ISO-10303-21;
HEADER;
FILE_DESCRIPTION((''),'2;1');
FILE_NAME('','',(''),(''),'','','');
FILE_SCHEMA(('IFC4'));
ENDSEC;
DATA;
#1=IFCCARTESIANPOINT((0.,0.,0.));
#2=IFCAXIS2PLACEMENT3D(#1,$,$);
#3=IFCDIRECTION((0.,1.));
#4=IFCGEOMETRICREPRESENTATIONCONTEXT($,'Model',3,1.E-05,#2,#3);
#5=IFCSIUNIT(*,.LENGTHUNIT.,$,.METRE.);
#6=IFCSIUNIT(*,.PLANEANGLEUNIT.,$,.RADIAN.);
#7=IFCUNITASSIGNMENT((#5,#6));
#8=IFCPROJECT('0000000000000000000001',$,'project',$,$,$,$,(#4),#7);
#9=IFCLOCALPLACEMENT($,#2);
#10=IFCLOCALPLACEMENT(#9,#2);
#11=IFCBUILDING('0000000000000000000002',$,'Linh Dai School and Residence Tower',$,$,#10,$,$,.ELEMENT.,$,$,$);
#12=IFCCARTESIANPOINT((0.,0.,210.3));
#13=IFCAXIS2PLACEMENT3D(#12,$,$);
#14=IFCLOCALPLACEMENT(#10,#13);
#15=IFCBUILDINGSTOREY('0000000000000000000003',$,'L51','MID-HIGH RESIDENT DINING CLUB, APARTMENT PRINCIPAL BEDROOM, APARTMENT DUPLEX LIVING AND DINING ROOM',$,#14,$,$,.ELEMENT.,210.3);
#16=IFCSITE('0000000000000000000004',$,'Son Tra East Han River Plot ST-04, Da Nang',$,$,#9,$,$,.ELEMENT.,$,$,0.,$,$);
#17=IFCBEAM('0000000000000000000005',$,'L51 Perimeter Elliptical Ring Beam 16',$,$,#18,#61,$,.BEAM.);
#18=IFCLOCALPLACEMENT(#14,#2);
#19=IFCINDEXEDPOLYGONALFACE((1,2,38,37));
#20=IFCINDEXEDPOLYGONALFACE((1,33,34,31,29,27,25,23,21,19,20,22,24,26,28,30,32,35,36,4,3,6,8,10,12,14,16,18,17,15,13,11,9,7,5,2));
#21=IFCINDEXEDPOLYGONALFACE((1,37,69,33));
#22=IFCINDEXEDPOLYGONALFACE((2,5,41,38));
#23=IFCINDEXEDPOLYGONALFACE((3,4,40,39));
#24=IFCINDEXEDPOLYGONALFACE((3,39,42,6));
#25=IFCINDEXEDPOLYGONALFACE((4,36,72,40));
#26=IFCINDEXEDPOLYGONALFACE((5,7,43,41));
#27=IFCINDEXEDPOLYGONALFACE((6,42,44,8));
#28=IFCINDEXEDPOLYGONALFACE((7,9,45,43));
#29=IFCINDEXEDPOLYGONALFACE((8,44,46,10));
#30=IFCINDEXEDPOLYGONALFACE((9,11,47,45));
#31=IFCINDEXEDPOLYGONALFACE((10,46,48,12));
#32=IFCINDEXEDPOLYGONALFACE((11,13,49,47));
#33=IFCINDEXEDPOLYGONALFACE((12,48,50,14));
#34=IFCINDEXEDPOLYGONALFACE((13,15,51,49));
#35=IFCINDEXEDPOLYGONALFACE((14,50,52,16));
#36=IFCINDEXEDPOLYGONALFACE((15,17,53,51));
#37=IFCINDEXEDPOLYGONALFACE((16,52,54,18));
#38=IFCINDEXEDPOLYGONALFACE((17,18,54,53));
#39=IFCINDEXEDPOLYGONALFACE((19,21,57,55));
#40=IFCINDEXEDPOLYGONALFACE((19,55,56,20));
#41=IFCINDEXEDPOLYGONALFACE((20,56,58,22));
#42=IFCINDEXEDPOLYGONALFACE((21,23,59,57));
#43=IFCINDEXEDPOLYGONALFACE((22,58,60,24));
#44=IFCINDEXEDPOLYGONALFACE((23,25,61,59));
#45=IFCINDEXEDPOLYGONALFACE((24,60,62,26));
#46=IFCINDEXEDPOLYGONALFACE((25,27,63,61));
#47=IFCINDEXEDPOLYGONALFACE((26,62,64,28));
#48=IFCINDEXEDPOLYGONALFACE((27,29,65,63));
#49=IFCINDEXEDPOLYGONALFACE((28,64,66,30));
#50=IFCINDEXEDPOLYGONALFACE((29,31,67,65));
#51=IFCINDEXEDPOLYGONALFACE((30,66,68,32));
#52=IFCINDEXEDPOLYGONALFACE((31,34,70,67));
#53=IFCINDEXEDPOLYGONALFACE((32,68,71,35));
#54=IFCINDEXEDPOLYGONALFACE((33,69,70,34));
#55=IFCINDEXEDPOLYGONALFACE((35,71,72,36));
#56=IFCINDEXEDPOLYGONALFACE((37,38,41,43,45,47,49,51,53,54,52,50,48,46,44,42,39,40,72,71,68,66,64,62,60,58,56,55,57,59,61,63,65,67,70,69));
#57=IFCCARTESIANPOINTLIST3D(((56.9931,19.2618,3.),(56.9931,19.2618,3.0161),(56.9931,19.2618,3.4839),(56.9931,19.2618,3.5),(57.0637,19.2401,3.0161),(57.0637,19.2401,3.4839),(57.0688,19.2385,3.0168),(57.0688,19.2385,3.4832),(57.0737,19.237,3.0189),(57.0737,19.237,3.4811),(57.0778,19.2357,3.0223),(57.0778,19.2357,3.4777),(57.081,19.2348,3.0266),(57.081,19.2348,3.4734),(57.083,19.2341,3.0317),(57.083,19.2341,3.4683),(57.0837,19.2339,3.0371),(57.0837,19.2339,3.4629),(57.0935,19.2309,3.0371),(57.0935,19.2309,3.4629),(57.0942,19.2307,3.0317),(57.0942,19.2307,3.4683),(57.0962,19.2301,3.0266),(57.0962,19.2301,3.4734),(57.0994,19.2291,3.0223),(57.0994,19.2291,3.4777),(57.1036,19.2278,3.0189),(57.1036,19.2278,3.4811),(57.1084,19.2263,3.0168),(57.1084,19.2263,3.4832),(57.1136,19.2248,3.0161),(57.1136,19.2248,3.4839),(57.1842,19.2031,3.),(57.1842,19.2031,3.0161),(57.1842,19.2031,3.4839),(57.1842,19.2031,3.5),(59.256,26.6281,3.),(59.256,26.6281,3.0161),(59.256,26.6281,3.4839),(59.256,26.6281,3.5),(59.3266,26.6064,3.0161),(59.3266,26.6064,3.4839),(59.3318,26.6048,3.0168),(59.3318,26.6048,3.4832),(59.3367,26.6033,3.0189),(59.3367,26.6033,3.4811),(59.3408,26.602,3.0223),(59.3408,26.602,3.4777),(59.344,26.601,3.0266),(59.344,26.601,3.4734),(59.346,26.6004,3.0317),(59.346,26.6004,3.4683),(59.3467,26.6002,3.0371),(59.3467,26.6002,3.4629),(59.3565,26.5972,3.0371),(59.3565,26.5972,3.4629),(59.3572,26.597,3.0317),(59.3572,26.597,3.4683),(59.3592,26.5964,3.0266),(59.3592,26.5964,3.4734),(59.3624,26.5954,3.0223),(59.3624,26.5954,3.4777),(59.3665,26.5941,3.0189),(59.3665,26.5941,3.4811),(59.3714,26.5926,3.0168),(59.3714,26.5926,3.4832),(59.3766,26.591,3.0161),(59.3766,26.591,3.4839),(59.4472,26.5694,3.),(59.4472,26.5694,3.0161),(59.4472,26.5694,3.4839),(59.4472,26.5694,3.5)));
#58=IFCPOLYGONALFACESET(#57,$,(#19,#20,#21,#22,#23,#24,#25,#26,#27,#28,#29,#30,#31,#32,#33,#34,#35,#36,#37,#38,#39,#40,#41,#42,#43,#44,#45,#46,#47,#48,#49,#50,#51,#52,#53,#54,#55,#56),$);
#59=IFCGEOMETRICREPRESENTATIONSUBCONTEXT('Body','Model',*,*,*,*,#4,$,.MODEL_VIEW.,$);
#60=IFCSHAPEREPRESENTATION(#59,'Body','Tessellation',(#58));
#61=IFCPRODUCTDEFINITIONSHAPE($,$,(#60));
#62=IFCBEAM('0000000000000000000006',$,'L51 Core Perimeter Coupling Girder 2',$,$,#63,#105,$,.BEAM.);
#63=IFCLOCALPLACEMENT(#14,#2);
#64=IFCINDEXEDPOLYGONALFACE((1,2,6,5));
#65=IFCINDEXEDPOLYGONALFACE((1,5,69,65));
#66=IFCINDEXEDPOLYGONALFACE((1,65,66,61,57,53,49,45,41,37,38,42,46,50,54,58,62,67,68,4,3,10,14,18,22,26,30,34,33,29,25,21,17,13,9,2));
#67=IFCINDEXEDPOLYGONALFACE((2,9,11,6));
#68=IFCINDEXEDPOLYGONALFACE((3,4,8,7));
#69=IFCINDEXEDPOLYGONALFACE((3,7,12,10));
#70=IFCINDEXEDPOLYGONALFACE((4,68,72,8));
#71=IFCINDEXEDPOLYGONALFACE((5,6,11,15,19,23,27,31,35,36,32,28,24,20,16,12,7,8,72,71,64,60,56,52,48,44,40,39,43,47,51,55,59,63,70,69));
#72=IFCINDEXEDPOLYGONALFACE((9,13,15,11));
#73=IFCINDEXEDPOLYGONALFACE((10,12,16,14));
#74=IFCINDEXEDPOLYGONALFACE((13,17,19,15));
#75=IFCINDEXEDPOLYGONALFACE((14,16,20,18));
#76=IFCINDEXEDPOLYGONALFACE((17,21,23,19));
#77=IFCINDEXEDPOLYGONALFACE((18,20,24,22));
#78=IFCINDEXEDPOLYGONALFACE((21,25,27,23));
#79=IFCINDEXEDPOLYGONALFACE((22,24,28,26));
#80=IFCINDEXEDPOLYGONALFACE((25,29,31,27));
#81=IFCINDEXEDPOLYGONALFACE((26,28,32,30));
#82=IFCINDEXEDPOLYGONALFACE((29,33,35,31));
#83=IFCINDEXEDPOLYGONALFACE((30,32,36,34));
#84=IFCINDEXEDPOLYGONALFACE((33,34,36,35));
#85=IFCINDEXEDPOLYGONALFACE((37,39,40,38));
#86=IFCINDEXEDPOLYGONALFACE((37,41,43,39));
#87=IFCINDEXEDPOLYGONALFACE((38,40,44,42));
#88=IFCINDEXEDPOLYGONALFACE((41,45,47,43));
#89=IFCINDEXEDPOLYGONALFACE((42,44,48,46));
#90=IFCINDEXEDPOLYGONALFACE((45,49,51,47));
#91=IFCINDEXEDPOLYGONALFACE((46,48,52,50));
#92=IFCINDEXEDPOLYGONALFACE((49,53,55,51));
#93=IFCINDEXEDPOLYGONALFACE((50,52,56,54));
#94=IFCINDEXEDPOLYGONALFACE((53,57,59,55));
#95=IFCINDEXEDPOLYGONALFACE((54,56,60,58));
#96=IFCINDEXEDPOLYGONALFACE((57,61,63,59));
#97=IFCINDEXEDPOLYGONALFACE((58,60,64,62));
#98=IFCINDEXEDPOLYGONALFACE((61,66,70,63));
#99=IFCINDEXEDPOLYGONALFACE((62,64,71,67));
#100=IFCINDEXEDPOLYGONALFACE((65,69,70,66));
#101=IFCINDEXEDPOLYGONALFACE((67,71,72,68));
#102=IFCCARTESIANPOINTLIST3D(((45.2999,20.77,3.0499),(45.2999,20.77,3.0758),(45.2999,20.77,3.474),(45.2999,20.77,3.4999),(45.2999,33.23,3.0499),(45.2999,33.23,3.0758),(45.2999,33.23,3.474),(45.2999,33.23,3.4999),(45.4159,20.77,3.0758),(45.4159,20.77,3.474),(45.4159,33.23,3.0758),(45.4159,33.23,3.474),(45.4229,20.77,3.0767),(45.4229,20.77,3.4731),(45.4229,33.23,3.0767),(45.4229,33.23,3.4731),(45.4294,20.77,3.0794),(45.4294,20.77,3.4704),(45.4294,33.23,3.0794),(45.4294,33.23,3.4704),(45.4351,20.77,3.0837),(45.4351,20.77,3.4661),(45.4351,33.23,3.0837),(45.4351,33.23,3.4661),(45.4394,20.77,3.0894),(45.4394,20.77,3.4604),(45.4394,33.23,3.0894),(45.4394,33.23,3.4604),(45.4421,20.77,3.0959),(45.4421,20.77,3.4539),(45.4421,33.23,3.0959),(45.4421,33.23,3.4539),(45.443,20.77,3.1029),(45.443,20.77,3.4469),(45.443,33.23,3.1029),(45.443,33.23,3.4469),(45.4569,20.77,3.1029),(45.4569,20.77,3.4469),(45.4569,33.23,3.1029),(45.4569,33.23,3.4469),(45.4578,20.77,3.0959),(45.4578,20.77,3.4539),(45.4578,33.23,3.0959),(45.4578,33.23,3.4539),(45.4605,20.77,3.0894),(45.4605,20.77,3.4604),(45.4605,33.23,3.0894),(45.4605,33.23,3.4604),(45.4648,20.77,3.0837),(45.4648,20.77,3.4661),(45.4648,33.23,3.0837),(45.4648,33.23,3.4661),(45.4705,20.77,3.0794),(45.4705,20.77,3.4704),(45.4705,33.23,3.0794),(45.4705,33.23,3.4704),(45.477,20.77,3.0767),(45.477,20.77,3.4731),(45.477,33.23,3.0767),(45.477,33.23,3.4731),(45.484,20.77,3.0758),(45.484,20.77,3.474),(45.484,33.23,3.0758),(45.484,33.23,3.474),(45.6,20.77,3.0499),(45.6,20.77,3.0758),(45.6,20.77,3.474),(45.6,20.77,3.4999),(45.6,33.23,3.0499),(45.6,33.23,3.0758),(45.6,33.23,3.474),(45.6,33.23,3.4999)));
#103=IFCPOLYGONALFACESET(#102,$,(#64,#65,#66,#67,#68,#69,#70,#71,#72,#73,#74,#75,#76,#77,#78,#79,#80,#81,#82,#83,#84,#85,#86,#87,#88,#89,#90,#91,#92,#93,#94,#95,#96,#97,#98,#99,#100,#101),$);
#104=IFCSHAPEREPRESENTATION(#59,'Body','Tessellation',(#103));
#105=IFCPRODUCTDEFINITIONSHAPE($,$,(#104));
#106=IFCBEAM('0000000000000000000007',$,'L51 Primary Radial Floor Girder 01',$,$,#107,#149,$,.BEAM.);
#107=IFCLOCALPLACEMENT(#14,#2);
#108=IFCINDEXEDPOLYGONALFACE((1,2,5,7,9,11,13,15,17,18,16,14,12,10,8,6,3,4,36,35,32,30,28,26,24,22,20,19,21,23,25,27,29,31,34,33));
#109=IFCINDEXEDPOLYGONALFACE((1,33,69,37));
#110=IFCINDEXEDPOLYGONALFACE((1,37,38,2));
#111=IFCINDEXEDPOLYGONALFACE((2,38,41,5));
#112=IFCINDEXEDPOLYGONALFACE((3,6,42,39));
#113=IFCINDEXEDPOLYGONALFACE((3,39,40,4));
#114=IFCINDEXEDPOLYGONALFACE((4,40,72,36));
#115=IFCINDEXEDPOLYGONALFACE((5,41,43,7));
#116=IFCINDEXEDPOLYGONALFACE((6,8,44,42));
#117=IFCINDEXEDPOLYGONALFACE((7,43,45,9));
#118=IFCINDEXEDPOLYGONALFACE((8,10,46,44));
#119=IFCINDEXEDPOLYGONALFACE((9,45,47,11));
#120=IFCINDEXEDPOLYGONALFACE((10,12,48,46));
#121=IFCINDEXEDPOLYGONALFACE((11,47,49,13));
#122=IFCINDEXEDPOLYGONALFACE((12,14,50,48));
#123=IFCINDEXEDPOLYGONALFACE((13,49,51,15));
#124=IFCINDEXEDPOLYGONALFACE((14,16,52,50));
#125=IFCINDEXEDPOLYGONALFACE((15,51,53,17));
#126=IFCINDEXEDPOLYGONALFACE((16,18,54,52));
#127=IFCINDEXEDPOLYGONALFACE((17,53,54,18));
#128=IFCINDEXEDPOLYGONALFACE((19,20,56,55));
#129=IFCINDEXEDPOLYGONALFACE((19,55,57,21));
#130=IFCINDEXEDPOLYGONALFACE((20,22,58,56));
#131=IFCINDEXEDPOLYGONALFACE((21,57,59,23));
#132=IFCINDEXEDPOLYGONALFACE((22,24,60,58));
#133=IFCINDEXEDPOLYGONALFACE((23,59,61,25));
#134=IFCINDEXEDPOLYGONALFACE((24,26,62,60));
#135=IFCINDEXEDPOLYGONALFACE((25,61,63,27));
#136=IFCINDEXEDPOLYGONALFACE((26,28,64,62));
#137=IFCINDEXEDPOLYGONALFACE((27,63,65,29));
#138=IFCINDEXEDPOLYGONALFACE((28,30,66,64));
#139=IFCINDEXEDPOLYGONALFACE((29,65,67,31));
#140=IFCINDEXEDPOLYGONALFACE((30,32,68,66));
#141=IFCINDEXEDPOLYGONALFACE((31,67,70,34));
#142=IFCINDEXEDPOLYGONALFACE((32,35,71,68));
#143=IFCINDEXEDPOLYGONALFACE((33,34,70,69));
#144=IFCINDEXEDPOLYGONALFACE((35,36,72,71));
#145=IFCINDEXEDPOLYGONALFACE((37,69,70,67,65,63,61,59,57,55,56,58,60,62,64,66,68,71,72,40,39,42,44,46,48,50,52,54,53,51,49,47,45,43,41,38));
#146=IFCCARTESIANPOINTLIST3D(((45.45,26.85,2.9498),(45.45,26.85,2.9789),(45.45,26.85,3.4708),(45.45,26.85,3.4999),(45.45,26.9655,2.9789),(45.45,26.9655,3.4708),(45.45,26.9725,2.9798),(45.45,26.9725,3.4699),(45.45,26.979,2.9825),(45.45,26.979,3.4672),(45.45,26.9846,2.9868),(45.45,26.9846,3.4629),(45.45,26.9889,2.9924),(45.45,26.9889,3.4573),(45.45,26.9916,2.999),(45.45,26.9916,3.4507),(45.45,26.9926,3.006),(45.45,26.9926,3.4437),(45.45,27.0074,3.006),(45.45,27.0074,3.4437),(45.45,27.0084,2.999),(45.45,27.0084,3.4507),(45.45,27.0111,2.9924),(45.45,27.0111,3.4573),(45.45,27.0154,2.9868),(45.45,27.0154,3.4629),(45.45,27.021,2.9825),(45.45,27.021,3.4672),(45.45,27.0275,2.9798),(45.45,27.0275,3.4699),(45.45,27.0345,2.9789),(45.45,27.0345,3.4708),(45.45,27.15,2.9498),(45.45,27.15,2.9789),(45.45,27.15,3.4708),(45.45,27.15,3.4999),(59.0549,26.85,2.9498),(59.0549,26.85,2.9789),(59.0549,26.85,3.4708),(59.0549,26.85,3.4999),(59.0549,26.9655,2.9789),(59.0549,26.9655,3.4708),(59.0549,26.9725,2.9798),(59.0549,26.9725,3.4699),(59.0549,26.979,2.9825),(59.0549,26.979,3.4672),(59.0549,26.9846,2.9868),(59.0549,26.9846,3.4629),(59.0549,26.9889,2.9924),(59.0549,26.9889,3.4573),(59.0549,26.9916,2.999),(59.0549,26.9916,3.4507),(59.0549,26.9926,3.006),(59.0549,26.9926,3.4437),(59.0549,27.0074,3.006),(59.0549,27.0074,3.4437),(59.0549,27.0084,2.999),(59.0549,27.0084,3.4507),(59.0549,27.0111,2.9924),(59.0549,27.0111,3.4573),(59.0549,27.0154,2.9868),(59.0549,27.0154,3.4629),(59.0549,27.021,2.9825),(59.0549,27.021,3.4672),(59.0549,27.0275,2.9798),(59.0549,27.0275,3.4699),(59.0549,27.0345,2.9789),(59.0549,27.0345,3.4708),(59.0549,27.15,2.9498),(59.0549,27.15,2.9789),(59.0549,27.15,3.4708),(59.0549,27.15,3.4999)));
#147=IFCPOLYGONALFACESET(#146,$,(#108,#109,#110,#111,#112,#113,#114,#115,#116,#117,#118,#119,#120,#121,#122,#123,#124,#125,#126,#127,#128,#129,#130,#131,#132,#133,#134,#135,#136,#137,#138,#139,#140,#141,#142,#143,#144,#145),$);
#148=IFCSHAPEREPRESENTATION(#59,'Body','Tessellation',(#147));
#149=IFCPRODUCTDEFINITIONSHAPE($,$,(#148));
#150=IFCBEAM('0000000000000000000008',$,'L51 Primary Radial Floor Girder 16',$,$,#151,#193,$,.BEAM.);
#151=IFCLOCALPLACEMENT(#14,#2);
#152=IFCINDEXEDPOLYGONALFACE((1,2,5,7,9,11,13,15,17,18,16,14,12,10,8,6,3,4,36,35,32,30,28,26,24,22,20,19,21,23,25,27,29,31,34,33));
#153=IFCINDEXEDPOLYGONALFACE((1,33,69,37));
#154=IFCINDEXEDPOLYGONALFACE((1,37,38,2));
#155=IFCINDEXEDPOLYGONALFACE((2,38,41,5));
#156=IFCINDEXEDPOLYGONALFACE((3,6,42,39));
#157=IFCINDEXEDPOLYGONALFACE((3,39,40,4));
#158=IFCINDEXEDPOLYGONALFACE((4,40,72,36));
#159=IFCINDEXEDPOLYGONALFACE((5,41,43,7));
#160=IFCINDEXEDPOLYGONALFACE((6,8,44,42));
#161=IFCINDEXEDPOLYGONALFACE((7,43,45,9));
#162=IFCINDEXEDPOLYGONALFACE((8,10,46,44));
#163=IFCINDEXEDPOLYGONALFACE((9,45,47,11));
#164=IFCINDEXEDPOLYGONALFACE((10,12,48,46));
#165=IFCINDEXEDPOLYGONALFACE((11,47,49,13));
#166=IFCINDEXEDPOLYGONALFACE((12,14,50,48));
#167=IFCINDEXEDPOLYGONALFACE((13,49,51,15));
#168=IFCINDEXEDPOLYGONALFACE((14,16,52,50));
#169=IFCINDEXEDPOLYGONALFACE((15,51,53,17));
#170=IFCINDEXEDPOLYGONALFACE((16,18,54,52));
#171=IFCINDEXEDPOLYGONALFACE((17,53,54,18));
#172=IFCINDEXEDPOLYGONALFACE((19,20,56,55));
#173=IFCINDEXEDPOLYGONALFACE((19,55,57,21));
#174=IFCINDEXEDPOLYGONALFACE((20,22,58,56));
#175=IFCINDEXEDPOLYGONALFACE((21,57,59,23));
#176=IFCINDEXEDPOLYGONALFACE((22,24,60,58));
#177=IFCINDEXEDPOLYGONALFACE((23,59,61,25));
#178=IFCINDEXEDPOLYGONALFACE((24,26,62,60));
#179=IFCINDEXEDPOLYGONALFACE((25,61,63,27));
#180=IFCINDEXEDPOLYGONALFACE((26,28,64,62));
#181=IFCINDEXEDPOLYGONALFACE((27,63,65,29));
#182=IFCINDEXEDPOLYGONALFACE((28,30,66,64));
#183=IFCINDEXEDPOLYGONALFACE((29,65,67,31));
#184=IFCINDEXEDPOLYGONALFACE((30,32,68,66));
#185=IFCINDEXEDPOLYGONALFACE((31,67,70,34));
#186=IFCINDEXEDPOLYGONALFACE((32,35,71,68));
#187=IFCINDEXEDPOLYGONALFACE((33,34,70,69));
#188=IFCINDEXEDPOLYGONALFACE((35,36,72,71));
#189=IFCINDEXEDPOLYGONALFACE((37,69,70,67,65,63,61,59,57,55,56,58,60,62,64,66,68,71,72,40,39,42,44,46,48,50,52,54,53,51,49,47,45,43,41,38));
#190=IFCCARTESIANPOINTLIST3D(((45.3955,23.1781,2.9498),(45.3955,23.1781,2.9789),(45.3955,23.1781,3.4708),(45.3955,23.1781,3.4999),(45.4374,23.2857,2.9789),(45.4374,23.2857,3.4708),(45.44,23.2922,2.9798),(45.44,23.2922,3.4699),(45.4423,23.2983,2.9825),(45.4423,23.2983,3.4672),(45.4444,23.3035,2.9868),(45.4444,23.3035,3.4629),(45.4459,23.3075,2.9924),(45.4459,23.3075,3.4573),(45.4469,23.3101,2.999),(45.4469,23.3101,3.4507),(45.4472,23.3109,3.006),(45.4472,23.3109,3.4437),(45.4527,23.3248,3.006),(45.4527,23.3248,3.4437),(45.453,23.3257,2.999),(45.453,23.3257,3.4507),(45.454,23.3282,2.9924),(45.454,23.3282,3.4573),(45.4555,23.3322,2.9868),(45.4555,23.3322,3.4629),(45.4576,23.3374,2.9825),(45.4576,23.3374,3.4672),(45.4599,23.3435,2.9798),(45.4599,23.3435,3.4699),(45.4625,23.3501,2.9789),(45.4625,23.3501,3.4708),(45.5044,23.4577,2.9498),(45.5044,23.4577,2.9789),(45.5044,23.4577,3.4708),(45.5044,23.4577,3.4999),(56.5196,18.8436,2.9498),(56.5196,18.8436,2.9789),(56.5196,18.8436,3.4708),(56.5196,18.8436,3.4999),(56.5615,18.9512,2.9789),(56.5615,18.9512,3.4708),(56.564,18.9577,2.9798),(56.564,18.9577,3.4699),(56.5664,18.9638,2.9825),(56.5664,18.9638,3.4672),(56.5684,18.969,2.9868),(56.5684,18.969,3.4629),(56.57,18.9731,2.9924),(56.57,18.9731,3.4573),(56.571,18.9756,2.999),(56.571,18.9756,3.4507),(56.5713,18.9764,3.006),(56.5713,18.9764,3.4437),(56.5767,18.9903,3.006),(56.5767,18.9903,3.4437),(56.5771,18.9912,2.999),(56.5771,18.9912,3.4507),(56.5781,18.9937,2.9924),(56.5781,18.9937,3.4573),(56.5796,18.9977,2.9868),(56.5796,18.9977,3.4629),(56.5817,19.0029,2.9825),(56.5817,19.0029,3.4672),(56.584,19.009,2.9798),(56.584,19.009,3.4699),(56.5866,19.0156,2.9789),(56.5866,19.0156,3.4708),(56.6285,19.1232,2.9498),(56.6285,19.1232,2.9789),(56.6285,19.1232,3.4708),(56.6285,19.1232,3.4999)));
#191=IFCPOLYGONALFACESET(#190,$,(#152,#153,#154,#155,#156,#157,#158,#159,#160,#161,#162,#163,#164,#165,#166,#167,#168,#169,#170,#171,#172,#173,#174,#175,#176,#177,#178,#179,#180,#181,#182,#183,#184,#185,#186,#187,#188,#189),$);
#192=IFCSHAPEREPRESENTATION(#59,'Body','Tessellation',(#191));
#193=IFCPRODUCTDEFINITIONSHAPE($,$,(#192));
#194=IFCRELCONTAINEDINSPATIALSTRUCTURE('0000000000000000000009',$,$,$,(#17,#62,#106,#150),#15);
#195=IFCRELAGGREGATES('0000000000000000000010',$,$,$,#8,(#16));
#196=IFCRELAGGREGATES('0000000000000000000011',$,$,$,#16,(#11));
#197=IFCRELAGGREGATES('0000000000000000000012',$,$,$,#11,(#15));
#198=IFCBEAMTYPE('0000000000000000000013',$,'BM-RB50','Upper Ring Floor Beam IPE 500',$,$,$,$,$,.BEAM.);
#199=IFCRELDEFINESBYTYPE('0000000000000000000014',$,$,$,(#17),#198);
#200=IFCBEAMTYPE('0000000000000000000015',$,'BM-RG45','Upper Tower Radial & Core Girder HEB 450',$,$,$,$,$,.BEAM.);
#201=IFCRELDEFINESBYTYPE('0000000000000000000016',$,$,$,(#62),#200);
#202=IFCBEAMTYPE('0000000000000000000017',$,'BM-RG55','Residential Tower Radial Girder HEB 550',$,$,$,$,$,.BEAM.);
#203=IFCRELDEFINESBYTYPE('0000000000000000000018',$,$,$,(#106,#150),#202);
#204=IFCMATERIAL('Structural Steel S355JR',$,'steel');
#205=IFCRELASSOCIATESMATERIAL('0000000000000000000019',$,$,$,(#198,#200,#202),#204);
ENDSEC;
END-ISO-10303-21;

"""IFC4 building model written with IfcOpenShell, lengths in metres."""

from ifc_helpers import new_model, si_unit, direction, frame, origin, origin_2d, place, context, subcontext, project, spatial, i_section, extrude, material, material_profile, profile_set, type_object, element, save


model = new_model("IFC4")

# Units and contexts
model_context = context("Model", 3, precision=1e-05, world=origin(), true_north=direction((0.0, 1.0)))
body_context = subcontext(model_context, "Body", "Model", "MODEL_VIEW")
ifc_project = project(units=[si_unit("LENGTHUNIT", "METRE"), si_unit("PLANEANGLEUNIT", "RADIAN")], contexts=[model_context])

# Site, building, storey
site_placement = place(None, origin())
site = spatial("IfcSite", under=ifc_project, at=site_placement, Name="Son Tra East Han River Plot ST-04, Da Nang", CompositionType="ELEMENT", RefElevation=0.0)
building_placement = place(site_placement, origin())
building = spatial("IfcBuilding", under=site, at=building_placement, Name="Linh Dai School and Residence Tower", CompositionType="ELEMENT")
storey_placement = place(building_placement, frame((0.0, 0.0, 210.3)))
storey = spatial("IfcBuildingStorey", under=building, at=storey_placement, Name="L51", Description="MID-HIGH RESIDENT DINING CLUB, APARTMENT PRINCIPAL BEDROOM, APARTMENT DUPLEX LIVING AND DINING ROOM", CompositionType="ELEMENT", Elevation=210.3)

# Shared definitions
ifc_material_1 = material(Name="Structural Steel S355JR", Category="steel")

# Beams
ifc_material_profile_1 = material_profile(ifc_material_1, i_section(OverallWidth=0.2, OverallDepth=0.5, WebThickness=0.0103, FlangeThickness=0.0161, FilletRadius=0.021, at=origin_2d()), Name="IPE 500")
ifc_profile_set_1 = profile_set([ifc_material_profile_1], Name="Structural Steel S355JR")
beam_type_1 = type_object("IfcBeamType", Name="BM-RB50", Description="Upper Ring Floor Beam IPE 500", PredefinedType="BEAM", material=ifc_profile_set_1)
beam_1_placement = place(storey_placement, frame((57.0886, 19.2324, 3.25), z_axis=(0.293661, 0.95591, 0.0), x_axis=(-0.95591, 0.293661, 0.0)))
element("IfcBeam", 1, at=beam_1_placement, inside=storey, type_object=beam_type_1, Name="L51 Perimeter Elliptical Ring Beam 16", PredefinedType="BEAM", context=body_context, shape_type="SweptSolid", body=[
    extrude(i_section(OverallWidth=0.2, OverallDepth=0.5, WebThickness=0.0103, FlangeThickness=0.0161, FilletRadius=0.021, at=origin_2d()), origin(), (0.0, 0.0, 1.0), 7.7061),
])
ifc_material_profile_2 = material_profile(ifc_material_1, i_section(OverallWidth=0.3, OverallDepth=0.45, WebThickness=0.0139, FlangeThickness=0.0259, FilletRadius=0.0271, at=origin_2d()), Name="HEB 450")
ifc_profile_set_2 = profile_set([ifc_material_profile_2], Name="Structural Steel S355JR")
beam_type_2 = type_object("IfcBeamType", Name="BM-RG45", Description="Upper Tower Radial & Core Girder HEB 450", PredefinedType="BEAM", material=ifc_profile_set_2)
beam_2_placement = place(storey_placement, frame((45.45, 20.77, 3.2749), z_axis=(0.0, 1.0, 0.0), x_axis=(-1.0, 0.0, 0.0)))
element("IfcBeam", 2, at=beam_2_placement, inside=storey, type_object=beam_type_2, Name="L51 Core Perimeter Coupling Girder 2", PredefinedType="BEAM", context=body_context, shape_type="SweptSolid", body=[
    extrude(i_section(OverallWidth=0.3, OverallDepth=0.45, WebThickness=0.0139, FlangeThickness=0.0259, FilletRadius=0.0271, at=origin_2d()), origin(), (0.0, 0.0, 1.0), 12.46),
])
ifc_material_profile_3 = material_profile(ifc_material_1, i_section(OverallWidth=0.3, OverallDepth=0.55, WebThickness=0.0149, FlangeThickness=0.0291, FilletRadius=0.0271, at=origin_2d()), Name="HEB 550")
ifc_profile_set_3 = profile_set([ifc_material_profile_3], Name="Structural Steel S355JR")
beam_type_3 = type_object("IfcBeamType", Name="BM-RG55", Description="Residential Tower Radial Girder HEB 550", PredefinedType="BEAM", material=ifc_profile_set_3)
beam_3_placement = place(storey_placement, frame((45.45, 27.0, 3.2249), z_axis=(1.0, 0.0, 0.0), x_axis=(0.0, 1.0, 0.0)))
element("IfcBeam", 3, at=beam_3_placement, inside=storey, type_object=beam_type_3, Name="L51 Primary Radial Floor Girder 01", PredefinedType="BEAM", context=body_context, shape_type="SweptSolid", body=[
    extrude(i_section(OverallWidth=0.3, OverallDepth=0.55, WebThickness=0.0149, FlangeThickness=0.0291, FilletRadius=0.0271, at=origin_2d()), origin(), (0.0, 0.0, 1.0), 13.605),
])
beam_4_placement = place(storey_placement, frame((45.45, 23.3179, 3.2249), z_axis=(0.931765, -0.363062, 0.0), x_axis=(0.363062, 0.931765, 0.0)))
element("IfcBeam", 4, at=beam_4_placement, inside=storey, type_object=beam_type_3, Name="L51 Primary Radial Floor Girder 16", PredefinedType="BEAM", context=body_context, shape_type="SweptSolid", body=[
    extrude(i_section(OverallWidth=0.3, OverallDepth=0.55, WebThickness=0.0149, FlangeThickness=0.0291, FilletRadius=0.0271, at=origin_2d()), origin(), (0.0, 0.0, 1.0), 11.9387),
])

save(model, "model.ifc")
